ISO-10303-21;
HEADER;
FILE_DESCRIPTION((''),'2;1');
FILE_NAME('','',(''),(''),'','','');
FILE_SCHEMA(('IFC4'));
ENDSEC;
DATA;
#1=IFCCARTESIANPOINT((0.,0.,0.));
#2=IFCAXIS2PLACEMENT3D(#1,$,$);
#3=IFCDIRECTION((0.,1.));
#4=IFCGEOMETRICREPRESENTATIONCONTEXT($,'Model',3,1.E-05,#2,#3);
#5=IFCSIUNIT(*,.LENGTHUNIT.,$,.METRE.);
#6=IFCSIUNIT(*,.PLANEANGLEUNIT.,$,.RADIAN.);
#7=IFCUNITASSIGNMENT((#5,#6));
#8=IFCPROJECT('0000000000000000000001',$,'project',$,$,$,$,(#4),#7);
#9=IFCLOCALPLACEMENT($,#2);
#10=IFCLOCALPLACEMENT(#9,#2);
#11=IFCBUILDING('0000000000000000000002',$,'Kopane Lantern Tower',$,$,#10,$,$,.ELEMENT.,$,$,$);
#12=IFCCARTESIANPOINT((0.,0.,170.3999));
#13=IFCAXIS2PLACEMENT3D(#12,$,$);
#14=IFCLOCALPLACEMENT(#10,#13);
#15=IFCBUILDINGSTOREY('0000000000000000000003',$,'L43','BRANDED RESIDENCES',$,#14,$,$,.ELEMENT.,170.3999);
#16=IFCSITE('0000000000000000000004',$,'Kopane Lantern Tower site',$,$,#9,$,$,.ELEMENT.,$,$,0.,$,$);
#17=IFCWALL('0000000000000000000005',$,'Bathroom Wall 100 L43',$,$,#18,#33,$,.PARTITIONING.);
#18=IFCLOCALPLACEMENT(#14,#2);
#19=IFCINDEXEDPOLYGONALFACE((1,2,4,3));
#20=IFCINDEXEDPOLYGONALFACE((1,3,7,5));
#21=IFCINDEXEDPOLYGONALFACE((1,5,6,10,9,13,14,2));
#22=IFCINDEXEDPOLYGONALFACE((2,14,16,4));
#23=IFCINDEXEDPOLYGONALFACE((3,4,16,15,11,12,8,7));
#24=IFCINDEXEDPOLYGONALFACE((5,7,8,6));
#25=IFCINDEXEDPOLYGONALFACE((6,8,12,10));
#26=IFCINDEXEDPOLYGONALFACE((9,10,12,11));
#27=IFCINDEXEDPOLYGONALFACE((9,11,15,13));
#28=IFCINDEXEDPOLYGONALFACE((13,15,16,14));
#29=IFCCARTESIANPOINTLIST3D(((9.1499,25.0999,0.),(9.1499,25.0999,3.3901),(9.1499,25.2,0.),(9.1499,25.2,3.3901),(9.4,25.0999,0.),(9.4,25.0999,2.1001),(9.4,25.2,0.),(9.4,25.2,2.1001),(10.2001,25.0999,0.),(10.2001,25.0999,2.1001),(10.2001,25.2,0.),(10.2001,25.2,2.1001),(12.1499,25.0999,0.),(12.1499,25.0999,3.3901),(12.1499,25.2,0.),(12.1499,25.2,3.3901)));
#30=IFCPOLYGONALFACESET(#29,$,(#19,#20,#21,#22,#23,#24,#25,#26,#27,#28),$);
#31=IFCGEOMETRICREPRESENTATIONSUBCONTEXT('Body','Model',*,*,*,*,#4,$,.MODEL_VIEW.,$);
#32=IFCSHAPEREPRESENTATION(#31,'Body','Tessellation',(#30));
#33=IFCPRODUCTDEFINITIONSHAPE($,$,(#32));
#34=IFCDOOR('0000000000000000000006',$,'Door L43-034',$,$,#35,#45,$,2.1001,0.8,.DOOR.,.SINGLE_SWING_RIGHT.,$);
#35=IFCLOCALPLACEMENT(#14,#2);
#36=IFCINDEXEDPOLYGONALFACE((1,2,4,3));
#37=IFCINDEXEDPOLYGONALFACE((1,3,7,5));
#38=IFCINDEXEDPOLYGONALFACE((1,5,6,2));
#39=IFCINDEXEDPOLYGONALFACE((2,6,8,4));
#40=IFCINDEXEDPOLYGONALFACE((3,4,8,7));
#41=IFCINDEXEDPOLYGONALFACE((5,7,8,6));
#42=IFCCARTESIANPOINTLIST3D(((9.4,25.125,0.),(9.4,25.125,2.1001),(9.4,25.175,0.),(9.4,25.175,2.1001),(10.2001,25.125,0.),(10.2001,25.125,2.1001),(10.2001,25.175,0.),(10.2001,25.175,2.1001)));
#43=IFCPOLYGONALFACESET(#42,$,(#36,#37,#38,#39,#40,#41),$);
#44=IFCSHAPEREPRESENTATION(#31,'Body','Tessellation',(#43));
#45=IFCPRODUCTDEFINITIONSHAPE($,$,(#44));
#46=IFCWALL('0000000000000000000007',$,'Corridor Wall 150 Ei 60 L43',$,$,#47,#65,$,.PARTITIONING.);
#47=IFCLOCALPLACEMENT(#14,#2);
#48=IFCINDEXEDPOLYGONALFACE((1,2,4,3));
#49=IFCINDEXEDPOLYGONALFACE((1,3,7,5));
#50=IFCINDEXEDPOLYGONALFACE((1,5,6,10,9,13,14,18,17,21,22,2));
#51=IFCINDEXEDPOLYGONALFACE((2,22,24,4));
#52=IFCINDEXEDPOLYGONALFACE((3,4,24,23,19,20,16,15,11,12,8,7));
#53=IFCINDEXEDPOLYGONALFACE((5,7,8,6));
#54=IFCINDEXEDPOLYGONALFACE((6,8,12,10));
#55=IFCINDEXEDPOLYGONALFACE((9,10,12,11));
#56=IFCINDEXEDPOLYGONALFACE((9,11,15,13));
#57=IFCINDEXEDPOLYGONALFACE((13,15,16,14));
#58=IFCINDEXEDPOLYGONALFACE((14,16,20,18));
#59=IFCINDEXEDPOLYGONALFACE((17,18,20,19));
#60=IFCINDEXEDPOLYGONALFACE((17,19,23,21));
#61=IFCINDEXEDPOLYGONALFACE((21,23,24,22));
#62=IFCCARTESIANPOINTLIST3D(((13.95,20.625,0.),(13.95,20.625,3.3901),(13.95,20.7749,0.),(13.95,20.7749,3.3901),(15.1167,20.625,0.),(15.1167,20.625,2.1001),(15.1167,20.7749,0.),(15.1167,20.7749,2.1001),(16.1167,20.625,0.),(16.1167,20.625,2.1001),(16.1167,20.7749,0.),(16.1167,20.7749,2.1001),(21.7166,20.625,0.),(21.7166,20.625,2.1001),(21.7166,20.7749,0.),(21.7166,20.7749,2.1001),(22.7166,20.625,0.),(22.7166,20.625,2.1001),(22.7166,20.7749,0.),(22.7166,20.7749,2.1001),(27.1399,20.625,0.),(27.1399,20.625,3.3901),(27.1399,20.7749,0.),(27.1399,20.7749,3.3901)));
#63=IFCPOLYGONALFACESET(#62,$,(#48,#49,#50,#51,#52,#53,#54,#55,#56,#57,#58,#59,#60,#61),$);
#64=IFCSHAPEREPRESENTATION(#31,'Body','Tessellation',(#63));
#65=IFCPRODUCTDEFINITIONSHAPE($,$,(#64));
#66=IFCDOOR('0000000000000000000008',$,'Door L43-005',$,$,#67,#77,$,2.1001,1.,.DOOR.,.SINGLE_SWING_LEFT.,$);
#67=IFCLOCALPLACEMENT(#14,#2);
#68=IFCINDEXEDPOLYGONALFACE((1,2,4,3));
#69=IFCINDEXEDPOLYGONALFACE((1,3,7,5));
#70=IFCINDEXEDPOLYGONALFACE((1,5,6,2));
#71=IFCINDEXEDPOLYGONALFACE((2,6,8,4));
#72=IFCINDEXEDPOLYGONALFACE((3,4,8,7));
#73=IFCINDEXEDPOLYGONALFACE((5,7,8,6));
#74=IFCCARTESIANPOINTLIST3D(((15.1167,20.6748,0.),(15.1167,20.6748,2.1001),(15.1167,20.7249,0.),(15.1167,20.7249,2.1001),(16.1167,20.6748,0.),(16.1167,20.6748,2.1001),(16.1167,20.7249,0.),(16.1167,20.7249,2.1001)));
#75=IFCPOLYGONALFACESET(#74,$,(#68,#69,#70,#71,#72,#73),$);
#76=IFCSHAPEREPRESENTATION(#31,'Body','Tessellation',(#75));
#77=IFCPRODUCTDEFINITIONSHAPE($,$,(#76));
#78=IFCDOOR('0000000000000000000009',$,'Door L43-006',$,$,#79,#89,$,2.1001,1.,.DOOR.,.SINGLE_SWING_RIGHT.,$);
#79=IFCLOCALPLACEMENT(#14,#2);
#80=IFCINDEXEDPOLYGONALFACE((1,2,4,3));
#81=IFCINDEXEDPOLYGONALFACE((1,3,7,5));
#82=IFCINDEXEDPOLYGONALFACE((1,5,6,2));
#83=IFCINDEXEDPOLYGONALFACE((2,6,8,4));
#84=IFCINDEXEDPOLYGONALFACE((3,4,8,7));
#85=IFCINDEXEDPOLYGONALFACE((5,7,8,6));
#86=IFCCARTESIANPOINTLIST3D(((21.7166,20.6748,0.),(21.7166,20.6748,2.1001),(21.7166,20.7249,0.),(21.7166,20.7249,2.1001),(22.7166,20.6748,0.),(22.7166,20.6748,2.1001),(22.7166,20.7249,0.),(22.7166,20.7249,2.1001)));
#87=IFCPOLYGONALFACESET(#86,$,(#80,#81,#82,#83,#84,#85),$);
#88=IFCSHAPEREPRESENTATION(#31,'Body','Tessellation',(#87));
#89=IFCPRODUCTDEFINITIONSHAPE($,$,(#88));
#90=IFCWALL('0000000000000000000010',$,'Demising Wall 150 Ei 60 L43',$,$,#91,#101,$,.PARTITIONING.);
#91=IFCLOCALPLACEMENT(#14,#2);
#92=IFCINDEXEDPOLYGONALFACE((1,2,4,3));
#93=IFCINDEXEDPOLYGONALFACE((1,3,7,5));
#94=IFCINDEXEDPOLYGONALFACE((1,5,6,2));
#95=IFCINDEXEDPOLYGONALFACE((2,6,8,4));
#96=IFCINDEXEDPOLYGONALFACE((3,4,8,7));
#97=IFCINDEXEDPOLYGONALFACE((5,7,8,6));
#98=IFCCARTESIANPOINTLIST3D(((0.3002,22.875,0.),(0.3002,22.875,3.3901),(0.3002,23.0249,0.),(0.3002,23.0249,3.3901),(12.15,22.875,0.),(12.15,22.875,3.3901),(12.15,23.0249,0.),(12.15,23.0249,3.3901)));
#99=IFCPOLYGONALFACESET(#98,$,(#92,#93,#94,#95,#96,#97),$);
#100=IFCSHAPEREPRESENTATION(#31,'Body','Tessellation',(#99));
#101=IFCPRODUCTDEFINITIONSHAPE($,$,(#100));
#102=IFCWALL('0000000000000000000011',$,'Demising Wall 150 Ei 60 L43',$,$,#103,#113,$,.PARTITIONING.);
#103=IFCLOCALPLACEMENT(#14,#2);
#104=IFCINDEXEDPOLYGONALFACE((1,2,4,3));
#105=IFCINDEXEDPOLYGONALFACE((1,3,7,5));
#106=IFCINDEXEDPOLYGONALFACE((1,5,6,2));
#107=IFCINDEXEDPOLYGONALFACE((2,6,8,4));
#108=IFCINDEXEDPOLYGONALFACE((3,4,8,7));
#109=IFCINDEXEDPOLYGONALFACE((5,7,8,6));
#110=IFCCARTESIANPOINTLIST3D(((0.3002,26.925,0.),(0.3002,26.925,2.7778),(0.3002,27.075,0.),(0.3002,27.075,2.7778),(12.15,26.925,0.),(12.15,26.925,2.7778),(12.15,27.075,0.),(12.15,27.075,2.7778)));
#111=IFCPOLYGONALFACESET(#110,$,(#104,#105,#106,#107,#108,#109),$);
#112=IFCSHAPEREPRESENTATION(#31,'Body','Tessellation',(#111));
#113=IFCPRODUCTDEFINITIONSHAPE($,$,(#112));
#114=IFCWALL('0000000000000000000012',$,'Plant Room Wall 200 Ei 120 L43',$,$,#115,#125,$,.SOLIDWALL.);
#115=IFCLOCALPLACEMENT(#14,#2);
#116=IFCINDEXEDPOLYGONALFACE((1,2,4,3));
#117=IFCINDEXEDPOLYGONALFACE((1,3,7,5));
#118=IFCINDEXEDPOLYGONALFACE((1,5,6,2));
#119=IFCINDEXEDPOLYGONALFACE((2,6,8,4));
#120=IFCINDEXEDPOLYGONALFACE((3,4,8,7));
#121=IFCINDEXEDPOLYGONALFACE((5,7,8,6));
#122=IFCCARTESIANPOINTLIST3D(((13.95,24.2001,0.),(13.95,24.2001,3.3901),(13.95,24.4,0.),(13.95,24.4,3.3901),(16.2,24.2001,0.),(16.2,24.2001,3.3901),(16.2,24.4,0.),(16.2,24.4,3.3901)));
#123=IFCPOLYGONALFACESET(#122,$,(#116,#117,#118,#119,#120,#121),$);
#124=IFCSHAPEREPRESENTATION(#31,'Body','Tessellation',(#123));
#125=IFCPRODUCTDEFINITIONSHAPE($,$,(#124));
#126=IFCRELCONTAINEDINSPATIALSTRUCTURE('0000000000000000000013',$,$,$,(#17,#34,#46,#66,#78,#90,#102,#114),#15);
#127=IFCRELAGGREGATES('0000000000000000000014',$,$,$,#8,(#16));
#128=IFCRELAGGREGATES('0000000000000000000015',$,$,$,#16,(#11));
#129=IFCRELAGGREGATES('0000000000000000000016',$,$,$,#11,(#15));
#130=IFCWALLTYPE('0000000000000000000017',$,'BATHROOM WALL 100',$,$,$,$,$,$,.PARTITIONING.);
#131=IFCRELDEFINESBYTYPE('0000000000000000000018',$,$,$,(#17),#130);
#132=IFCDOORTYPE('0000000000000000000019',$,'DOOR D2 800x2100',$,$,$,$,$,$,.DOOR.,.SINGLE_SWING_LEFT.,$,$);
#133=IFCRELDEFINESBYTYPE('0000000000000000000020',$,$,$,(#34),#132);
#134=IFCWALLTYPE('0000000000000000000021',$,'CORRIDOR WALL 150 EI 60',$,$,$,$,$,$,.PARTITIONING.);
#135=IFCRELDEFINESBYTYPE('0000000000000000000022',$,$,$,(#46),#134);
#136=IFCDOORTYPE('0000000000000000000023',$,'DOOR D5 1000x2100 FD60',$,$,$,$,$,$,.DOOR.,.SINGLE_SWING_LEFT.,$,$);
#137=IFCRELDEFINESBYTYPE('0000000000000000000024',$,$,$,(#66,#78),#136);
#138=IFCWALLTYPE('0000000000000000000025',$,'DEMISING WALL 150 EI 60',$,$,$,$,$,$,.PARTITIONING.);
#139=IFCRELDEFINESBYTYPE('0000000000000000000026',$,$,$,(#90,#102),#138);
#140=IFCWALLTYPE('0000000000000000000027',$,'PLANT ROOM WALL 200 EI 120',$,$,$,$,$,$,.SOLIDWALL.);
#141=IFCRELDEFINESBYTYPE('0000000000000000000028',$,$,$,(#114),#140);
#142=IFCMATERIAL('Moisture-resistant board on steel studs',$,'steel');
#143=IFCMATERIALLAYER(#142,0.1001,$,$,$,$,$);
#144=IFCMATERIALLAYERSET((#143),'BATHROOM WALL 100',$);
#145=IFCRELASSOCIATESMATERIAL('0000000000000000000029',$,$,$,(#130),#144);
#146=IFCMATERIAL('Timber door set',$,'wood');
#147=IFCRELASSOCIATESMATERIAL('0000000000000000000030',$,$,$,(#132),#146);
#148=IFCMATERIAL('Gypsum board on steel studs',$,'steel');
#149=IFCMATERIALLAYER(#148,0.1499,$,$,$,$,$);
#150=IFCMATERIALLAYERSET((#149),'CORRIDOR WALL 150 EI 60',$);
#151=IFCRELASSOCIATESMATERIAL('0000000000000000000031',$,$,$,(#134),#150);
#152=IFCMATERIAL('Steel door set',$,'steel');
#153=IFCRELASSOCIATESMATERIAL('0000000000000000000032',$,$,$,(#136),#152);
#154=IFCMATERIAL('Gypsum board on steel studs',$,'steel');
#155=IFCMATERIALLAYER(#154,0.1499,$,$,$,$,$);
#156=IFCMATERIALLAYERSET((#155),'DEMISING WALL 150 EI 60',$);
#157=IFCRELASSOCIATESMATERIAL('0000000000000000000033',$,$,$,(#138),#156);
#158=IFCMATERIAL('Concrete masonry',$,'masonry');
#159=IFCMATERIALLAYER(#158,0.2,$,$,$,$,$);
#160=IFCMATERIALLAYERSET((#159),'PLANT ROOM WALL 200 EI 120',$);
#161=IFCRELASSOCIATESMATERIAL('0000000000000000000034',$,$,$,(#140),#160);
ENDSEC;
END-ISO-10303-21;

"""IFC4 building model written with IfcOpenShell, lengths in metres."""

from ifc_helpers import new_model, si_unit, direction, frame, frame_2d, origin, place, context, subcontext, project, spatial, rectangle, extrude, material, layer, layer_set, type_object, element, fill, save


model = new_model("IFC4")

# Units and contexts
model_context = context("Model", 3, precision=1e-05, world=origin(), true_north=direction((0.0, 1.0)))
body_context = subcontext(model_context, "Body", "Model", "MODEL_VIEW")
ifc_project = project(units=[si_unit("LENGTHUNIT", "METRE"), si_unit("PLANEANGLEUNIT", "RADIAN")], contexts=[model_context])

# Site, building, storey
site_placement = place(None, origin())
site = spatial("IfcSite", under=ifc_project, at=site_placement, Name="Kopane Lantern Tower site", CompositionType="ELEMENT", RefElevation=0.0)
building_placement = place(site_placement, origin())
building = spatial("IfcBuilding", under=site, at=building_placement, Name="Kopane Lantern Tower", CompositionType="ELEMENT")
storey_placement = place(building_placement, frame((0.0, 0.0, 170.3999)))
storey = spatial("IfcBuildingStorey", under=building, at=storey_placement, Name="L43", Description="BRANDED RESIDENCES", CompositionType="ELEMENT", Elevation=170.3999)

# Wall, opening, door
ifc_material_1 = material(Name="Moisture-resistant board on steel studs", Category="steel")
ifc_layer_1 = layer(ifc_material_1, 0.1001)
ifc_layer_set_1 = layer_set([ifc_layer_1], Name="BATHROOM WALL 100")
wall_type_1 = type_object("IfcWallType", Name="BATHROOM WALL 100", PredefinedType="PARTITIONING", material=ifc_layer_set_1)
ifc_material_2 = material(Name="Timber door set", Category="wood")
door_type_1 = type_object("IfcDoorType", Name="DOOR D2 800x2100", OperationType="SINGLE_SWING_LEFT", PredefinedType="DOOR", material=ifc_material_2)
wall_1_placement = place(storey_placement, frame((12.1499, 25.1499, 0.0), z_axis=(0.0, 0.0, 1.0), x_axis=(-1.0, 0.0, 0.0)))
wall_1 = element("IfcWall", 1, at=wall_1_placement, inside=storey, type_object=wall_type_1, Name="Bathroom Wall 100 L43", PredefinedType="PARTITIONING", context=body_context, shape_type="SweptSolid", body=[
    extrude(rectangle(XDim=3.0, YDim=0.1001, at=frame_2d((1.5, 0.0))), origin(), (0.0, 0.0, 1.0), 3.3901),
])
opening_1_placement = place(wall_1_placement, frame((1.95, 0.0, 0.0)))
opening_1 = element("IfcOpeningElement", 2, at=opening_1_placement, cuts=wall_1, PredefinedType="OPENING", context=body_context, shape_type="SweptSolid", body=[
    extrude(rectangle(XDim=0.8, YDim=2.1001, at=frame_2d((0.3999, 1.05))), frame((0.0, 0.0601, 0.0), z_axis=(0.0, -1.0, 0.0), x_axis=(1.0, 0.0, 0.0)), (0.0, 0.0, 1.0), 0.1201),
])
door_1_placement = place(opening_1_placement, origin())
door_1 = element("IfcDoor", 3, at=door_1_placement, inside=storey, type_object=door_type_1, Name="Door L43-034", OperationType="SINGLE_SWING_RIGHT", OverallHeight=2.1001, OverallWidth=0.8, PredefinedType="DOOR", context=body_context, shape_type="SweptSolid", body=[
    extrude(rectangle(XDim=0.8, YDim=2.1001, at=frame_2d((0.3999, 1.05))), frame((0.0, 0.0249, 0.0), z_axis=(0.0, -1.0, 0.0), x_axis=(1.0, 0.0, 0.0)), (0.0, 0.0, 1.0), 0.05),
])
fill(opening_1, door_1)

# Wall, openings, doors
ifc_material_3 = material(Name="Gypsum board on steel studs", Category="steel")
ifc_layer_2 = layer(ifc_material_3, 0.1499)
ifc_layer_set_2 = layer_set([ifc_layer_2], Name="CORRIDOR WALL 150 EI 60")
wall_type_2 = type_object("IfcWallType", Name="CORRIDOR WALL 150 EI 60", PredefinedType="PARTITIONING", material=ifc_layer_set_2)
wall_2_placement = place(storey_placement, frame((13.95, 20.7, 0.0), z_axis=(0.0, 0.0, 1.0), x_axis=(1.0, 0.0, 0.0)))
wall_2 = element("IfcWall", 4, at=wall_2_placement, inside=storey, type_object=wall_type_2, Name="Corridor Wall 150 Ei 60 L43", PredefinedType="PARTITIONING", context=body_context, shape_type="SweptSolid", body=[
    extrude(rectangle(XDim=13.1899, YDim=0.1499, at=frame_2d((6.595, 0.0))), origin(), (0.0, 0.0, 1.0), 3.3901),
])
opening_2_placement = place(wall_2_placement, frame((1.1667, 0.0, 0.0)))
opening_2 = element("IfcOpeningElement", 5, at=opening_2_placement, cuts=wall_2, PredefinedType="OPENING", context=body_context, shape_type="SweptSolid", body=[
    extrude(rectangle(XDim=1.0, YDim=2.1001, at=frame_2d((0.5, 1.05))), frame((0.0, 0.085, 0.0), z_axis=(0.0, -1.0, 0.0), x_axis=(1.0, 0.0, 0.0)), (0.0, 0.0, 1.0), 0.1699),
])
opening_3_placement = place(wall_2_placement, frame((7.7666, 0.0, 0.0)))
opening_3 = element("IfcOpeningElement", 6, at=opening_3_placement, cuts=wall_2, PredefinedType="OPENING", context=body_context, shape_type="SweptSolid", body=[
    extrude(rectangle(XDim=1.0, YDim=2.1001, at=frame_2d((0.5, 1.05))), frame((0.0, 0.085, 0.0), z_axis=(0.0, -1.0, 0.0), x_axis=(1.0, 0.0, 0.0)), (0.0, 0.0, 1.0), 0.1699),
])
ifc_material_4 = material(Name="Steel door set", Category="steel")
door_type_2 = type_object("IfcDoorType", Name="DOOR D5 1000x2100 FD60", OperationType="SINGLE_SWING_LEFT", PredefinedType="DOOR", material=ifc_material_4)
door_2_placement = place(opening_2_placement, origin())
door_2 = element("IfcDoor", 7, at=door_2_placement, inside=storey, type_object=door_type_2, Name="Door L43-005", OperationType="SINGLE_SWING_LEFT", OverallHeight=2.1001, OverallWidth=1.0, PredefinedType="DOOR", context=body_context, shape_type="SweptSolid", body=[
    extrude(rectangle(XDim=1.0, YDim=2.1001, at=frame_2d((0.5, 1.05))), frame((0.0, 0.0249, 0.0), z_axis=(0.0, -1.0, 0.0), x_axis=(1.0, 0.0, 0.0)), (0.0, 0.0, 1.0), 0.05),
])
fill(opening_2, door_2)
door_3_placement = place(opening_3_placement, origin())
door_3 = element("IfcDoor", 8, at=door_3_placement, inside=storey, type_object=door_type_2, Name="Door L43-006", OperationType="SINGLE_SWING_RIGHT", OverallHeight=2.1001, OverallWidth=1.0, PredefinedType="DOOR", context=body_context, shape_type="SweptSolid", body=[
    extrude(rectangle(XDim=1.0, YDim=2.1001, at=frame_2d((0.5, 1.05))), frame((0.0, 0.0249, 0.0), z_axis=(0.0, -1.0, 0.0), x_axis=(1.0, 0.0, 0.0)), (0.0, 0.0, 1.0), 0.05),
])
fill(opening_3, door_3)

# Walls
ifc_material_5 = material(Name="Gypsum board on steel studs", Category="steel")
ifc_layer_3 = layer(ifc_material_5, 0.1499)
ifc_layer_set_3 = layer_set([ifc_layer_3], Name="DEMISING WALL 150 EI 60")
wall_type_3 = type_object("IfcWallType", Name="DEMISING WALL 150 EI 60", PredefinedType="PARTITIONING", material=ifc_layer_set_3)
wall_3_placement = place(storey_placement, frame((12.1499, 22.95, 0.0), z_axis=(0.0, 0.0, 1.0), x_axis=(-1.0, 0.0, 0.0)))
element("IfcWall", 9, at=wall_3_placement, inside=storey, type_object=wall_type_3, Name="Demising Wall 150 Ei 60 L43", PredefinedType="PARTITIONING", context=body_context, shape_type="SweptSolid", body=[
    extrude(rectangle(XDim=11.8499, YDim=0.1499, at=frame_2d((5.9248, 0.0))), origin(), (0.0, 0.0, 1.0), 3.3901),
])
wall_4_placement = place(storey_placement, frame((12.1499, 27.0, 0.0), z_axis=(0.0, 0.0, 1.0), x_axis=(-1.0, 0.0, 0.0)))
element("IfcWall", 10, at=wall_4_placement, inside=storey, type_object=wall_type_3, Name="Demising Wall 150 Ei 60 L43", PredefinedType="PARTITIONING", context=body_context, shape_type="SweptSolid", body=[
    extrude(rectangle(XDim=11.8499, YDim=0.1499, at=frame_2d((5.9248, 0.0))), origin(), (0.0, 0.0, 1.0), 2.7778),
])
ifc_material_6 = material(Name="Concrete masonry", Category="masonry")
ifc_layer_4 = layer(ifc_material_6, 0.2)
ifc_layer_set_4 = layer_set([ifc_layer_4], Name="PLANT ROOM WALL 200 EI 120")
wall_type_4 = type_object("IfcWallType", Name="PLANT ROOM WALL 200 EI 120", PredefinedType="SOLIDWALL", material=ifc_layer_set_4)
wall_5_placement = place(storey_placement, frame((13.95, 24.3, 0.0), z_axis=(0.0, 0.0, 1.0), x_axis=(1.0, 0.0, 0.0)))
element("IfcWall", 11, at=wall_5_placement, inside=storey, type_object=wall_type_4, Name="Plant Room Wall 200 Ei 120 L43", PredefinedType="SOLIDWALL", context=body_context, shape_type="SweptSolid", body=[
    extrude(rectangle(XDim=2.25, YDim=0.2, at=frame_2d((1.125, 0.0))), origin(), (0.0, 0.0, 1.0), 3.3901),
])

save(model, "model.ifc")
